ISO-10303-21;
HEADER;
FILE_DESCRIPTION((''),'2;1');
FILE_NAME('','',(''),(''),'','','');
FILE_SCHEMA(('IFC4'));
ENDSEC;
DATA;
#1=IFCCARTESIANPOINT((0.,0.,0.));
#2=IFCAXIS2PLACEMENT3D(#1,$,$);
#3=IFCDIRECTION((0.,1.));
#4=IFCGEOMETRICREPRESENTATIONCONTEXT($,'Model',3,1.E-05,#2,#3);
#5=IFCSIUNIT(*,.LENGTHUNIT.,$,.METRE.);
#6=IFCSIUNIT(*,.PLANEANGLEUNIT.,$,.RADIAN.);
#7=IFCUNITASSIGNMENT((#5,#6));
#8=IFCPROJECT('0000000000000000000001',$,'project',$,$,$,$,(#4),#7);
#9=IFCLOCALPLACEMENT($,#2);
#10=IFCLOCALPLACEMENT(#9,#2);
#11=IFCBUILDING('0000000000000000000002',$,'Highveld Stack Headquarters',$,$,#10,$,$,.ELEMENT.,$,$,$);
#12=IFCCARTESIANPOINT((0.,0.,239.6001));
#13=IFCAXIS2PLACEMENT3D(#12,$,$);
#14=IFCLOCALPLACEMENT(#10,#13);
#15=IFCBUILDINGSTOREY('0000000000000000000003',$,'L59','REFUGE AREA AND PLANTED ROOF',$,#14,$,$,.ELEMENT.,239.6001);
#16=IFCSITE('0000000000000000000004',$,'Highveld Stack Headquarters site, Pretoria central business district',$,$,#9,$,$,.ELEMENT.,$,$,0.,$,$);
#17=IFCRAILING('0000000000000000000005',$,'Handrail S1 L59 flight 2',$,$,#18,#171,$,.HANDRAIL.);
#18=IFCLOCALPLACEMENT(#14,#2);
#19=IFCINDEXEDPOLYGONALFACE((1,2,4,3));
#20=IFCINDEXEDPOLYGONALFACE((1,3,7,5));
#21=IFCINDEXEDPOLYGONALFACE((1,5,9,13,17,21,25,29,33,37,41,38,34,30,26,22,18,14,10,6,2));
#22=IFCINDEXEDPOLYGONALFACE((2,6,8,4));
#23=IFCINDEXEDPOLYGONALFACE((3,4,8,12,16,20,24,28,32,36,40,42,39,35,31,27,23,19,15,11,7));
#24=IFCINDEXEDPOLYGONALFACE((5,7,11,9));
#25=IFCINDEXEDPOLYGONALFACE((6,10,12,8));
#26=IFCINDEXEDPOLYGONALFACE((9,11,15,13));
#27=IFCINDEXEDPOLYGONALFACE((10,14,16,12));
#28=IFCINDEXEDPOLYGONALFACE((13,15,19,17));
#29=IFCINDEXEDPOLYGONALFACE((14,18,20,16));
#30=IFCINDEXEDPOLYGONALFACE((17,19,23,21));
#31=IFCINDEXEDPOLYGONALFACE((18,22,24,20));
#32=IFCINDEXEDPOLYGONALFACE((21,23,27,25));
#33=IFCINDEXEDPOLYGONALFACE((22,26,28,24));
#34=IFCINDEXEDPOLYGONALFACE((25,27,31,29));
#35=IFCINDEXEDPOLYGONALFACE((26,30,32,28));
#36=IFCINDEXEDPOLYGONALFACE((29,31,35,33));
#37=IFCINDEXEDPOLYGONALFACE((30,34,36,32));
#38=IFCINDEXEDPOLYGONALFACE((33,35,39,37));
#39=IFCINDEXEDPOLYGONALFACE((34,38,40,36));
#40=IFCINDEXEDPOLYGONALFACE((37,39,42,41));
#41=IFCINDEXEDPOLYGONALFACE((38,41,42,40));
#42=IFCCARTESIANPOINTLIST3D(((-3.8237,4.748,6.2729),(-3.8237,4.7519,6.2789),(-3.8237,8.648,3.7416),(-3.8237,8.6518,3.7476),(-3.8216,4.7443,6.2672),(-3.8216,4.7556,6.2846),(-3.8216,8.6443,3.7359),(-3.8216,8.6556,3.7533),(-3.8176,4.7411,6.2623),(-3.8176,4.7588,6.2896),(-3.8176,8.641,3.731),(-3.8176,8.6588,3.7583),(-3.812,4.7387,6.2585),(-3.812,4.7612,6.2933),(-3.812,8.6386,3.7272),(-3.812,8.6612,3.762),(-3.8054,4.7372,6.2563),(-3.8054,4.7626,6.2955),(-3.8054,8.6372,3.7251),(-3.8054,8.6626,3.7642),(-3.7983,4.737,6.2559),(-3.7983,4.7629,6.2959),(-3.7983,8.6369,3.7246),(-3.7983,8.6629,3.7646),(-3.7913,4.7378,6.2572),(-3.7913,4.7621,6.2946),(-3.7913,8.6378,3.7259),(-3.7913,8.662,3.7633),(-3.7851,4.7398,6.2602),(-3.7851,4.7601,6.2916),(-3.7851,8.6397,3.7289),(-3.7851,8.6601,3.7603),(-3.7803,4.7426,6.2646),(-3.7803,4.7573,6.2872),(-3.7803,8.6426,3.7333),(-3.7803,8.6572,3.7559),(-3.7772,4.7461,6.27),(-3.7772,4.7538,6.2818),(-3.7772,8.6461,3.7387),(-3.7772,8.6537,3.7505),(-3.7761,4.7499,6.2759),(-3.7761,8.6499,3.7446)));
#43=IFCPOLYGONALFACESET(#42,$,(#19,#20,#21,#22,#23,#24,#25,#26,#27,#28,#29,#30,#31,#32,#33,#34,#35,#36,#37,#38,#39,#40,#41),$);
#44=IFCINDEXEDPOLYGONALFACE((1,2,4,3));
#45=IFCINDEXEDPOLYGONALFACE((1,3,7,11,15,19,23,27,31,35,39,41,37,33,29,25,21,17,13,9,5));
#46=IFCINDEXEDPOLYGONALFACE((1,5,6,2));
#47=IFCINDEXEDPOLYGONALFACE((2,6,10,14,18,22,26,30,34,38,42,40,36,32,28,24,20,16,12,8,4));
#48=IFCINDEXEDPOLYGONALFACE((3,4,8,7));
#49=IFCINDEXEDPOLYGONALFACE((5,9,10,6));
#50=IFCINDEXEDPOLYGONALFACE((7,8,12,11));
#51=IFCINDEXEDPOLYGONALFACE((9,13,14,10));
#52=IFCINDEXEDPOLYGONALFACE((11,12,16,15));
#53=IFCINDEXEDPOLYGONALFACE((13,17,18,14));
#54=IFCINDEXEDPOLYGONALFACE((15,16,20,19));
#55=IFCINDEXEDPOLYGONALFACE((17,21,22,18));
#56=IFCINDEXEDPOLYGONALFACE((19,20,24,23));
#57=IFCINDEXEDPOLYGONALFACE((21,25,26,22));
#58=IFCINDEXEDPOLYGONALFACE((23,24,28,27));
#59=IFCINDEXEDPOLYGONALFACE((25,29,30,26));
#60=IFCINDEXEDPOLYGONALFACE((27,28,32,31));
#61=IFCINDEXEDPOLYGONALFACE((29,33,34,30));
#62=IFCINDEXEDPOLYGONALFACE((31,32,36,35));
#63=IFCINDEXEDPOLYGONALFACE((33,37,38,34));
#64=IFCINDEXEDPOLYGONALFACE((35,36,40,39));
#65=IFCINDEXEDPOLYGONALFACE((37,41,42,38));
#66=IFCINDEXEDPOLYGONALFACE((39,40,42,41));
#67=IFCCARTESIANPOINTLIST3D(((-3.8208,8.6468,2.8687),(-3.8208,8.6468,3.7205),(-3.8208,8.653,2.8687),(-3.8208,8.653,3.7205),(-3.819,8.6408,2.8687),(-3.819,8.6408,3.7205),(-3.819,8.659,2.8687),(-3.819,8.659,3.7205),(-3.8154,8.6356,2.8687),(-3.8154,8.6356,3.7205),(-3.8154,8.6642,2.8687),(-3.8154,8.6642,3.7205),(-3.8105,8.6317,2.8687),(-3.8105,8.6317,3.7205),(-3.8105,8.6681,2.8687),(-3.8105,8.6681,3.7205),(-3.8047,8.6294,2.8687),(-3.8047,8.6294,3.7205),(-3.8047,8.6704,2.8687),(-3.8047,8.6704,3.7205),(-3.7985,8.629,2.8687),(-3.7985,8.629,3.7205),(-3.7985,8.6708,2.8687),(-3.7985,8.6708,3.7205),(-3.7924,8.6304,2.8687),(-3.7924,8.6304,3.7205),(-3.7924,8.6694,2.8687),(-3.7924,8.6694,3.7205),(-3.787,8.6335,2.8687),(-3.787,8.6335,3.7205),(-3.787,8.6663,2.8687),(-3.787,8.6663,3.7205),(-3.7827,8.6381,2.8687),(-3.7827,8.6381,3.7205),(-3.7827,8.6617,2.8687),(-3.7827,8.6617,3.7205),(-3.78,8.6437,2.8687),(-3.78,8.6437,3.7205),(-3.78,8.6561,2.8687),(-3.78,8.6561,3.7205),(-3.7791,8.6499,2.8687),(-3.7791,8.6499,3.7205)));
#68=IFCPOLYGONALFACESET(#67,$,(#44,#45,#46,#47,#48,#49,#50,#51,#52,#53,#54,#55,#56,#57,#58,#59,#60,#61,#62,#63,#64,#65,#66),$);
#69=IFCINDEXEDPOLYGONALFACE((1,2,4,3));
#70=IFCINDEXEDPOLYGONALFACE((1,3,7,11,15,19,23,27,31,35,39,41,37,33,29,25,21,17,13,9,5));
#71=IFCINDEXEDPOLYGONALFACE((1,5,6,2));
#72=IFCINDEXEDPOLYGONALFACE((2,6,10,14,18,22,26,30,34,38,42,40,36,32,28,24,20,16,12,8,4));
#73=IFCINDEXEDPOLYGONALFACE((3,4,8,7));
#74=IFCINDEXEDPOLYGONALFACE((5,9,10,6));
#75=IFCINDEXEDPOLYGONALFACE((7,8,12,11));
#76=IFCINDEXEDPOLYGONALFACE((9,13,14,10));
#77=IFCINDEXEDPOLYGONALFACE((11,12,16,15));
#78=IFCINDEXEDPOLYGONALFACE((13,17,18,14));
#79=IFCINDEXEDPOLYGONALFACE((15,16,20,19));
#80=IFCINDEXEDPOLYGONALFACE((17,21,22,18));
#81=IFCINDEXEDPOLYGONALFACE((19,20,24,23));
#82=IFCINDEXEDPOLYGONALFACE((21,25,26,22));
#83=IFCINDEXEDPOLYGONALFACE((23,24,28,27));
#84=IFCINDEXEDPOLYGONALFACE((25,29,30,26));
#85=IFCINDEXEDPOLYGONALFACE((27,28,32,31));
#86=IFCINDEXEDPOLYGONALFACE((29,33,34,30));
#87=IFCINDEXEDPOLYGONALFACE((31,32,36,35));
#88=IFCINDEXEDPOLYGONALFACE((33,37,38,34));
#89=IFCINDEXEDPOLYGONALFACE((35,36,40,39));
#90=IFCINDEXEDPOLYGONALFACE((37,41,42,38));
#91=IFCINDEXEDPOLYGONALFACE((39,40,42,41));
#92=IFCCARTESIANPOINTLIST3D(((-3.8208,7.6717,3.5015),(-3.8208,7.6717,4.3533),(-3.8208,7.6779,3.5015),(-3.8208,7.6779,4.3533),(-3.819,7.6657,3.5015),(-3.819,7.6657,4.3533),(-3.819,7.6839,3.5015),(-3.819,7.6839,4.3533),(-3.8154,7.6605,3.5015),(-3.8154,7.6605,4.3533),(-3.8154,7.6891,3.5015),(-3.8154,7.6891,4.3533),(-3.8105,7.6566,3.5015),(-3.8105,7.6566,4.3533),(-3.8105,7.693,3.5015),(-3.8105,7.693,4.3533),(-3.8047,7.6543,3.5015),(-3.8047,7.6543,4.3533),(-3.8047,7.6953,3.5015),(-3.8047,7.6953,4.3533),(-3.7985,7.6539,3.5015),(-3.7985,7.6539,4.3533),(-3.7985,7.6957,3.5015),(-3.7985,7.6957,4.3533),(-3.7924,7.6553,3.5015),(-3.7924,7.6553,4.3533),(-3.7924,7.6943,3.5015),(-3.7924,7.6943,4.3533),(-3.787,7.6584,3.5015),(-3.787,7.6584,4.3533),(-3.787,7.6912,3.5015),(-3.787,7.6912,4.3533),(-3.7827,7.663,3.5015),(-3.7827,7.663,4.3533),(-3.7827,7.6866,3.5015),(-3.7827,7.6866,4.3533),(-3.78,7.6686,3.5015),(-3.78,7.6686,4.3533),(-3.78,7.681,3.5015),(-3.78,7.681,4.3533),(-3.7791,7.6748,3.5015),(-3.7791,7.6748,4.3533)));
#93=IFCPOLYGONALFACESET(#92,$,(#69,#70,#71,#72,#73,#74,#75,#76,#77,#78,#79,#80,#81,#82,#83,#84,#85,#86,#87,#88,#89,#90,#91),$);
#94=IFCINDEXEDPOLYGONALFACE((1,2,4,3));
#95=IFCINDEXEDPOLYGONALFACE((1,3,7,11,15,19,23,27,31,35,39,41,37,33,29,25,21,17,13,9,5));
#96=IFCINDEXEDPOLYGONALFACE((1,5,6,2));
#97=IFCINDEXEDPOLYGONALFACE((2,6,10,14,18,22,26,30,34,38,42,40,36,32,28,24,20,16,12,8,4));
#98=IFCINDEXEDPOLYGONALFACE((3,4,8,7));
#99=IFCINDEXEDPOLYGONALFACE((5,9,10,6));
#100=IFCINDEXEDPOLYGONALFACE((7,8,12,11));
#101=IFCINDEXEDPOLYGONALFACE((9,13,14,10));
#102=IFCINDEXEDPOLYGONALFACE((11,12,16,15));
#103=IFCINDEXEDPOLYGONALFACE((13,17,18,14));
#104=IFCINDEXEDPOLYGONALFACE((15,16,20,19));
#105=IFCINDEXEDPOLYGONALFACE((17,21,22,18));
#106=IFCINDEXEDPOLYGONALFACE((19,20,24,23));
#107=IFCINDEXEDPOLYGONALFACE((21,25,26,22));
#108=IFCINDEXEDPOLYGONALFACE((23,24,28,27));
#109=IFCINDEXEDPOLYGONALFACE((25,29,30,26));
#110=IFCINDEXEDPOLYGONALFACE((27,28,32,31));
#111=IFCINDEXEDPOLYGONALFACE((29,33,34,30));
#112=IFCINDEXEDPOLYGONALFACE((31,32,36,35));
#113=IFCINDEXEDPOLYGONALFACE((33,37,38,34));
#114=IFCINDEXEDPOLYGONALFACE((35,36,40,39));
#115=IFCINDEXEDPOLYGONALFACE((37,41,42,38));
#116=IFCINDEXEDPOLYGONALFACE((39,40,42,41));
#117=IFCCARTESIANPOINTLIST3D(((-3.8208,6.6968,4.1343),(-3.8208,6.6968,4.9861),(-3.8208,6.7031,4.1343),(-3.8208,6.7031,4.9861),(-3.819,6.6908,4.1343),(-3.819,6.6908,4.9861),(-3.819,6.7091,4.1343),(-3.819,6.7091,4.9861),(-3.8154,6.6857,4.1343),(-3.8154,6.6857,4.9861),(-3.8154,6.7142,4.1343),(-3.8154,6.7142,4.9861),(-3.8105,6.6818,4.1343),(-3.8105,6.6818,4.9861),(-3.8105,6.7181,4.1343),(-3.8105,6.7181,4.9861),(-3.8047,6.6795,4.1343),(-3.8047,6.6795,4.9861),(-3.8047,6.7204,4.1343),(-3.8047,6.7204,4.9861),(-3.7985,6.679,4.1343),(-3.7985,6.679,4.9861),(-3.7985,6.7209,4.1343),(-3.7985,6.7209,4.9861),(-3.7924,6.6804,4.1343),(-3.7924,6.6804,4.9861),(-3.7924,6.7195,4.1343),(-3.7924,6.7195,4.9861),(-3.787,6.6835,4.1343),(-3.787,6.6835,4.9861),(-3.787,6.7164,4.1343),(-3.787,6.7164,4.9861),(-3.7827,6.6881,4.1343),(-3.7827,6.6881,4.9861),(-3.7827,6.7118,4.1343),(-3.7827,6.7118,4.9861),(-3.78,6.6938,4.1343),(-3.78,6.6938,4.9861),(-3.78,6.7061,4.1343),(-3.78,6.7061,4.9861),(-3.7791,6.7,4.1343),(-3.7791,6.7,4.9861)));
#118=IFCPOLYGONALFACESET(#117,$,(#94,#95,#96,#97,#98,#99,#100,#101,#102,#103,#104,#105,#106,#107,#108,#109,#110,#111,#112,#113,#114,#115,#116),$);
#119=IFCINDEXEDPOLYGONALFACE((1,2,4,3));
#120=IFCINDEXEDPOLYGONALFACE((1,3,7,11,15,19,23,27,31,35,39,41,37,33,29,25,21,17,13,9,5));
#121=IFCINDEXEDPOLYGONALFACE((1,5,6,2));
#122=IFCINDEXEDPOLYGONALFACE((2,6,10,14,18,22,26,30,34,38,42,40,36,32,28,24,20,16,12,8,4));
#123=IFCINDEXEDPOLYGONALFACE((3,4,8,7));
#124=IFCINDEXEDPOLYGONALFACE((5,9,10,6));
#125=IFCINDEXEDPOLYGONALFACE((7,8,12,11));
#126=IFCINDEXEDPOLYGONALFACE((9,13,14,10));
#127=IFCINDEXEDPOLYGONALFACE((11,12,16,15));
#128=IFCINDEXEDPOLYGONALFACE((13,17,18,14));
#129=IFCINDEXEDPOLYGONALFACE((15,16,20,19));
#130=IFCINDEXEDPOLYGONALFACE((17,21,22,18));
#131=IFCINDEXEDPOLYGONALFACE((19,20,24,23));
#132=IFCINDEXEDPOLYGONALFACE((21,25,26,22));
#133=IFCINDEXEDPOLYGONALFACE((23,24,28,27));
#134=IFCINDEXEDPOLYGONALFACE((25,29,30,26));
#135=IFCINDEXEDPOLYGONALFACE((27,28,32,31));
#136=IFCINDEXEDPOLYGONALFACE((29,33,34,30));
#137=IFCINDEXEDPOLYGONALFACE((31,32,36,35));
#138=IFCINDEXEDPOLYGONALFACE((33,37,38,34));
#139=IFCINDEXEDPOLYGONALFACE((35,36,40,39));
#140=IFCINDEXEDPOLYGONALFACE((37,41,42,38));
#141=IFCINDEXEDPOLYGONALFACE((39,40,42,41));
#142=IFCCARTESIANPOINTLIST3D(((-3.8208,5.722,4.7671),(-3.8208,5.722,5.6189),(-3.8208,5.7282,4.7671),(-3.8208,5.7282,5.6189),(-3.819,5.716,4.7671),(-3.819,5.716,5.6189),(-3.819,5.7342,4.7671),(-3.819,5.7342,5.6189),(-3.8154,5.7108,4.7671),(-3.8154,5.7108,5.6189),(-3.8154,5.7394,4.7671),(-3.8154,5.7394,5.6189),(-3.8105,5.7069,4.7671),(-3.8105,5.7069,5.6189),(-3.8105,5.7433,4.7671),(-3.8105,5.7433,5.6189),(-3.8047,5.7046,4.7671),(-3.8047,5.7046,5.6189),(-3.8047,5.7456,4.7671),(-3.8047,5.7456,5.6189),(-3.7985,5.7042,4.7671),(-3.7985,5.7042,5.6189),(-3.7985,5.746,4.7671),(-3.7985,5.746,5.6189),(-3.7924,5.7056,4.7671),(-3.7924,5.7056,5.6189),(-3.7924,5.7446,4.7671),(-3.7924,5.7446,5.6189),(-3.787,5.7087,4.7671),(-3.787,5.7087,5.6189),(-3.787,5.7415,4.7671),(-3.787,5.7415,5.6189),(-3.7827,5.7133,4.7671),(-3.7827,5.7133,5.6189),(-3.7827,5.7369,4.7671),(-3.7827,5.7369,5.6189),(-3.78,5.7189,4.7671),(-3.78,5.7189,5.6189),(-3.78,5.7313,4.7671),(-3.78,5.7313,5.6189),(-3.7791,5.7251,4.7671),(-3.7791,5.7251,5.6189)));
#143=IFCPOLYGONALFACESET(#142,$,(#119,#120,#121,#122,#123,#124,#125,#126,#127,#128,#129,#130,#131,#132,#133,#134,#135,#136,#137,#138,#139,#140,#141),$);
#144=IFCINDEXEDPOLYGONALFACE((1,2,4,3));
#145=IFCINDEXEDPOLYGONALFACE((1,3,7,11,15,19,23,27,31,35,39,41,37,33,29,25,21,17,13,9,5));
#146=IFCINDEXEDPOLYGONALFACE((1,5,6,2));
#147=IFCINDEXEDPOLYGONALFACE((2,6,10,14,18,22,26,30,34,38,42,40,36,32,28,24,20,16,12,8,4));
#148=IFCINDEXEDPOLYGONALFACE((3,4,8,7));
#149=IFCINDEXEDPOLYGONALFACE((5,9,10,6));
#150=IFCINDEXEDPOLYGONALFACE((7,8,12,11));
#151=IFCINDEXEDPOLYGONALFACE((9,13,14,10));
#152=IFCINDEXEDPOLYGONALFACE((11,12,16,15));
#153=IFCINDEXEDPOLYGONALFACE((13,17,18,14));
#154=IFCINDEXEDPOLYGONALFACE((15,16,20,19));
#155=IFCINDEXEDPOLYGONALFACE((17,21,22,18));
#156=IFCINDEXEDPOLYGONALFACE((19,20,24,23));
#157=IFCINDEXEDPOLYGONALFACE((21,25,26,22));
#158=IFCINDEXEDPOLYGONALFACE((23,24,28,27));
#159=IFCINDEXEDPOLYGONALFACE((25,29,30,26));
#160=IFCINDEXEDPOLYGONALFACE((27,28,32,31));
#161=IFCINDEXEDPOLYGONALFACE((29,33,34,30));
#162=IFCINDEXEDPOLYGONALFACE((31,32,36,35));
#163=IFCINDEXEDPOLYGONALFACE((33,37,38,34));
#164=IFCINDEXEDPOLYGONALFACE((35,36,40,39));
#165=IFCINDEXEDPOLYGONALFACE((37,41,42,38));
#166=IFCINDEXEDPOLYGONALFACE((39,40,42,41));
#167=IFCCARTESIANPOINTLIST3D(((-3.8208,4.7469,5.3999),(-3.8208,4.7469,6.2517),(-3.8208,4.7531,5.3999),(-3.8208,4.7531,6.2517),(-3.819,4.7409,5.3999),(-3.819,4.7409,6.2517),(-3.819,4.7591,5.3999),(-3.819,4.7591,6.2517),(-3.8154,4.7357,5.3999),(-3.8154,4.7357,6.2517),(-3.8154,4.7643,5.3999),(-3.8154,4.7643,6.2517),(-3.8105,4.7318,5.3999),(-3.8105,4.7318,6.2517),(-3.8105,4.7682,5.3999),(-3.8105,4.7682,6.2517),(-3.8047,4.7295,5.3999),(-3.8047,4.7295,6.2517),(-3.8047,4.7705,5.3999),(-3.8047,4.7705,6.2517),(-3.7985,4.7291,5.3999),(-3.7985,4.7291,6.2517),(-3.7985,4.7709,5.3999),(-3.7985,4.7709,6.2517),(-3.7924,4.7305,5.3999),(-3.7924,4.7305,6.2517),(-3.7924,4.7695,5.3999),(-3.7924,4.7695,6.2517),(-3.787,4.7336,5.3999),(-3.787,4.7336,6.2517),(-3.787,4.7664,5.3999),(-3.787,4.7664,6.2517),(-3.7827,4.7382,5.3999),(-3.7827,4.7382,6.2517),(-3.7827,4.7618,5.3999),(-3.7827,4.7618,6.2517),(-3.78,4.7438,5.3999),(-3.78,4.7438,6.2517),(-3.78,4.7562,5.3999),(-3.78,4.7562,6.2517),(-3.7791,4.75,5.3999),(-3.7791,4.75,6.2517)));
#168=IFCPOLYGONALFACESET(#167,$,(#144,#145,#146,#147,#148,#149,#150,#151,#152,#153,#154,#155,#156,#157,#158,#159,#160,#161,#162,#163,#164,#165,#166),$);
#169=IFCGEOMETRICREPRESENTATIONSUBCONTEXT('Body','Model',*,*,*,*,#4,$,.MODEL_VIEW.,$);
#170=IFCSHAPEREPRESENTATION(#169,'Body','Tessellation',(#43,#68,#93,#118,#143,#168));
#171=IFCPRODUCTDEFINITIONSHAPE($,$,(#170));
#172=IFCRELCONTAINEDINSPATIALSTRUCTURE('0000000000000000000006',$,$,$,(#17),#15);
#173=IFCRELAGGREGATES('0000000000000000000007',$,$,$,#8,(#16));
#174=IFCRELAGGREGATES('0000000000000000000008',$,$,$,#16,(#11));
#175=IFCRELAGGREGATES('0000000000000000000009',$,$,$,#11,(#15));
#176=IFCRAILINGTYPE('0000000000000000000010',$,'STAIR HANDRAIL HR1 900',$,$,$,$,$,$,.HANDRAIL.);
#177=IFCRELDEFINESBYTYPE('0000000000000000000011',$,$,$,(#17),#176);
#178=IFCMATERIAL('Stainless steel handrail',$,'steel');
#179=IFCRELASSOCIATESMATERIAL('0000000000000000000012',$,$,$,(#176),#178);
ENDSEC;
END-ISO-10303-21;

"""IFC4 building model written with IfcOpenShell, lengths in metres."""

from ifc_helpers import new_model, si_unit, direction, frame, origin, origin_2d, place, context, subcontext, project, spatial, circle, extrude, material, type_object, element, save


model = new_model("IFC4")

# Units and contexts
model_context = context("Model", 3, precision=1e-05, world=origin(), true_north=direction((0.0, 1.0)))
body_context = subcontext(model_context, "Body", "Model", "MODEL_VIEW")
ifc_project = project(units=[si_unit("LENGTHUNIT", "METRE"), si_unit("PLANEANGLEUNIT", "RADIAN")], contexts=[model_context])

# Site, building, storey
site_placement = place(None, origin())
site = spatial("IfcSite", under=ifc_project, at=site_placement, Name="Highveld Stack Headquarters site, Pretoria central business district", CompositionType="ELEMENT", RefElevation=0.0)
building_placement = place(site_placement, origin())
building = spatial("IfcBuilding", under=site, at=building_placement, Name="Highveld Stack Headquarters", CompositionType="ELEMENT")
storey_placement = place(building_placement, frame((0.0, 0.0, 239.6001)))
storey = spatial("IfcBuildingStorey", under=building, at=storey_placement, Name="L59", Description="REFUGE AREA AND PLANTED ROOF", CompositionType="ELEMENT", Elevation=239.6001)

# Railing
ifc_material_1 = material(Name="Stainless steel handrail", Category="steel")
railing_type = type_object("IfcRailingType", Name="STAIR HANDRAIL HR1 900", PredefinedType="HANDRAIL", material=ifc_material_1)
for number, where, name in (
    (1, (-3.8, 8.6499, 2.8687), "Handrail S1 L59 flight 2"),
):
    element("IfcRailing", number, at=place(storey_placement, frame(where)), inside=storey, type_object=railing_type, Name=name, PredefinedType="HANDRAIL", context=body_context, shape_type="SweptSolid", body=[
        extrude(circle(Radius=0.0239, at=origin_2d()), frame((0.0, 0.0, 0.876), z_axis=(0.0, -0.838806, 0.544431), x_axis=(1.0, 0.0, 0.0)), (0.0, 0.0, 1.0), 4.6494),
        extrude(circle(Radius=0.021, at=origin_2d()), origin(), (0.0, 0.0, 1.0), 0.8518),
        extrude(circle(Radius=0.021, at=origin_2d()), frame((0.0, -0.9751, 0.6328)), (0.0, 0.0, 1.0), 0.8518),
        extrude(circle(Radius=0.021, at=origin_2d()), frame((0.0, -1.95, 1.2656)), (0.0, 0.0, 1.0), 0.8518),
        extrude(circle(Radius=0.021, at=origin_2d()), frame((0.0, -2.9248, 1.8984)), (0.0, 0.0, 1.0), 0.8518),
        extrude(circle(Radius=0.021, at=origin_2d()), frame((0.0, -3.8999, 2.5312)), (0.0, 0.0, 1.0), 0.8518),
    ])

save(model, "model.ifc")
